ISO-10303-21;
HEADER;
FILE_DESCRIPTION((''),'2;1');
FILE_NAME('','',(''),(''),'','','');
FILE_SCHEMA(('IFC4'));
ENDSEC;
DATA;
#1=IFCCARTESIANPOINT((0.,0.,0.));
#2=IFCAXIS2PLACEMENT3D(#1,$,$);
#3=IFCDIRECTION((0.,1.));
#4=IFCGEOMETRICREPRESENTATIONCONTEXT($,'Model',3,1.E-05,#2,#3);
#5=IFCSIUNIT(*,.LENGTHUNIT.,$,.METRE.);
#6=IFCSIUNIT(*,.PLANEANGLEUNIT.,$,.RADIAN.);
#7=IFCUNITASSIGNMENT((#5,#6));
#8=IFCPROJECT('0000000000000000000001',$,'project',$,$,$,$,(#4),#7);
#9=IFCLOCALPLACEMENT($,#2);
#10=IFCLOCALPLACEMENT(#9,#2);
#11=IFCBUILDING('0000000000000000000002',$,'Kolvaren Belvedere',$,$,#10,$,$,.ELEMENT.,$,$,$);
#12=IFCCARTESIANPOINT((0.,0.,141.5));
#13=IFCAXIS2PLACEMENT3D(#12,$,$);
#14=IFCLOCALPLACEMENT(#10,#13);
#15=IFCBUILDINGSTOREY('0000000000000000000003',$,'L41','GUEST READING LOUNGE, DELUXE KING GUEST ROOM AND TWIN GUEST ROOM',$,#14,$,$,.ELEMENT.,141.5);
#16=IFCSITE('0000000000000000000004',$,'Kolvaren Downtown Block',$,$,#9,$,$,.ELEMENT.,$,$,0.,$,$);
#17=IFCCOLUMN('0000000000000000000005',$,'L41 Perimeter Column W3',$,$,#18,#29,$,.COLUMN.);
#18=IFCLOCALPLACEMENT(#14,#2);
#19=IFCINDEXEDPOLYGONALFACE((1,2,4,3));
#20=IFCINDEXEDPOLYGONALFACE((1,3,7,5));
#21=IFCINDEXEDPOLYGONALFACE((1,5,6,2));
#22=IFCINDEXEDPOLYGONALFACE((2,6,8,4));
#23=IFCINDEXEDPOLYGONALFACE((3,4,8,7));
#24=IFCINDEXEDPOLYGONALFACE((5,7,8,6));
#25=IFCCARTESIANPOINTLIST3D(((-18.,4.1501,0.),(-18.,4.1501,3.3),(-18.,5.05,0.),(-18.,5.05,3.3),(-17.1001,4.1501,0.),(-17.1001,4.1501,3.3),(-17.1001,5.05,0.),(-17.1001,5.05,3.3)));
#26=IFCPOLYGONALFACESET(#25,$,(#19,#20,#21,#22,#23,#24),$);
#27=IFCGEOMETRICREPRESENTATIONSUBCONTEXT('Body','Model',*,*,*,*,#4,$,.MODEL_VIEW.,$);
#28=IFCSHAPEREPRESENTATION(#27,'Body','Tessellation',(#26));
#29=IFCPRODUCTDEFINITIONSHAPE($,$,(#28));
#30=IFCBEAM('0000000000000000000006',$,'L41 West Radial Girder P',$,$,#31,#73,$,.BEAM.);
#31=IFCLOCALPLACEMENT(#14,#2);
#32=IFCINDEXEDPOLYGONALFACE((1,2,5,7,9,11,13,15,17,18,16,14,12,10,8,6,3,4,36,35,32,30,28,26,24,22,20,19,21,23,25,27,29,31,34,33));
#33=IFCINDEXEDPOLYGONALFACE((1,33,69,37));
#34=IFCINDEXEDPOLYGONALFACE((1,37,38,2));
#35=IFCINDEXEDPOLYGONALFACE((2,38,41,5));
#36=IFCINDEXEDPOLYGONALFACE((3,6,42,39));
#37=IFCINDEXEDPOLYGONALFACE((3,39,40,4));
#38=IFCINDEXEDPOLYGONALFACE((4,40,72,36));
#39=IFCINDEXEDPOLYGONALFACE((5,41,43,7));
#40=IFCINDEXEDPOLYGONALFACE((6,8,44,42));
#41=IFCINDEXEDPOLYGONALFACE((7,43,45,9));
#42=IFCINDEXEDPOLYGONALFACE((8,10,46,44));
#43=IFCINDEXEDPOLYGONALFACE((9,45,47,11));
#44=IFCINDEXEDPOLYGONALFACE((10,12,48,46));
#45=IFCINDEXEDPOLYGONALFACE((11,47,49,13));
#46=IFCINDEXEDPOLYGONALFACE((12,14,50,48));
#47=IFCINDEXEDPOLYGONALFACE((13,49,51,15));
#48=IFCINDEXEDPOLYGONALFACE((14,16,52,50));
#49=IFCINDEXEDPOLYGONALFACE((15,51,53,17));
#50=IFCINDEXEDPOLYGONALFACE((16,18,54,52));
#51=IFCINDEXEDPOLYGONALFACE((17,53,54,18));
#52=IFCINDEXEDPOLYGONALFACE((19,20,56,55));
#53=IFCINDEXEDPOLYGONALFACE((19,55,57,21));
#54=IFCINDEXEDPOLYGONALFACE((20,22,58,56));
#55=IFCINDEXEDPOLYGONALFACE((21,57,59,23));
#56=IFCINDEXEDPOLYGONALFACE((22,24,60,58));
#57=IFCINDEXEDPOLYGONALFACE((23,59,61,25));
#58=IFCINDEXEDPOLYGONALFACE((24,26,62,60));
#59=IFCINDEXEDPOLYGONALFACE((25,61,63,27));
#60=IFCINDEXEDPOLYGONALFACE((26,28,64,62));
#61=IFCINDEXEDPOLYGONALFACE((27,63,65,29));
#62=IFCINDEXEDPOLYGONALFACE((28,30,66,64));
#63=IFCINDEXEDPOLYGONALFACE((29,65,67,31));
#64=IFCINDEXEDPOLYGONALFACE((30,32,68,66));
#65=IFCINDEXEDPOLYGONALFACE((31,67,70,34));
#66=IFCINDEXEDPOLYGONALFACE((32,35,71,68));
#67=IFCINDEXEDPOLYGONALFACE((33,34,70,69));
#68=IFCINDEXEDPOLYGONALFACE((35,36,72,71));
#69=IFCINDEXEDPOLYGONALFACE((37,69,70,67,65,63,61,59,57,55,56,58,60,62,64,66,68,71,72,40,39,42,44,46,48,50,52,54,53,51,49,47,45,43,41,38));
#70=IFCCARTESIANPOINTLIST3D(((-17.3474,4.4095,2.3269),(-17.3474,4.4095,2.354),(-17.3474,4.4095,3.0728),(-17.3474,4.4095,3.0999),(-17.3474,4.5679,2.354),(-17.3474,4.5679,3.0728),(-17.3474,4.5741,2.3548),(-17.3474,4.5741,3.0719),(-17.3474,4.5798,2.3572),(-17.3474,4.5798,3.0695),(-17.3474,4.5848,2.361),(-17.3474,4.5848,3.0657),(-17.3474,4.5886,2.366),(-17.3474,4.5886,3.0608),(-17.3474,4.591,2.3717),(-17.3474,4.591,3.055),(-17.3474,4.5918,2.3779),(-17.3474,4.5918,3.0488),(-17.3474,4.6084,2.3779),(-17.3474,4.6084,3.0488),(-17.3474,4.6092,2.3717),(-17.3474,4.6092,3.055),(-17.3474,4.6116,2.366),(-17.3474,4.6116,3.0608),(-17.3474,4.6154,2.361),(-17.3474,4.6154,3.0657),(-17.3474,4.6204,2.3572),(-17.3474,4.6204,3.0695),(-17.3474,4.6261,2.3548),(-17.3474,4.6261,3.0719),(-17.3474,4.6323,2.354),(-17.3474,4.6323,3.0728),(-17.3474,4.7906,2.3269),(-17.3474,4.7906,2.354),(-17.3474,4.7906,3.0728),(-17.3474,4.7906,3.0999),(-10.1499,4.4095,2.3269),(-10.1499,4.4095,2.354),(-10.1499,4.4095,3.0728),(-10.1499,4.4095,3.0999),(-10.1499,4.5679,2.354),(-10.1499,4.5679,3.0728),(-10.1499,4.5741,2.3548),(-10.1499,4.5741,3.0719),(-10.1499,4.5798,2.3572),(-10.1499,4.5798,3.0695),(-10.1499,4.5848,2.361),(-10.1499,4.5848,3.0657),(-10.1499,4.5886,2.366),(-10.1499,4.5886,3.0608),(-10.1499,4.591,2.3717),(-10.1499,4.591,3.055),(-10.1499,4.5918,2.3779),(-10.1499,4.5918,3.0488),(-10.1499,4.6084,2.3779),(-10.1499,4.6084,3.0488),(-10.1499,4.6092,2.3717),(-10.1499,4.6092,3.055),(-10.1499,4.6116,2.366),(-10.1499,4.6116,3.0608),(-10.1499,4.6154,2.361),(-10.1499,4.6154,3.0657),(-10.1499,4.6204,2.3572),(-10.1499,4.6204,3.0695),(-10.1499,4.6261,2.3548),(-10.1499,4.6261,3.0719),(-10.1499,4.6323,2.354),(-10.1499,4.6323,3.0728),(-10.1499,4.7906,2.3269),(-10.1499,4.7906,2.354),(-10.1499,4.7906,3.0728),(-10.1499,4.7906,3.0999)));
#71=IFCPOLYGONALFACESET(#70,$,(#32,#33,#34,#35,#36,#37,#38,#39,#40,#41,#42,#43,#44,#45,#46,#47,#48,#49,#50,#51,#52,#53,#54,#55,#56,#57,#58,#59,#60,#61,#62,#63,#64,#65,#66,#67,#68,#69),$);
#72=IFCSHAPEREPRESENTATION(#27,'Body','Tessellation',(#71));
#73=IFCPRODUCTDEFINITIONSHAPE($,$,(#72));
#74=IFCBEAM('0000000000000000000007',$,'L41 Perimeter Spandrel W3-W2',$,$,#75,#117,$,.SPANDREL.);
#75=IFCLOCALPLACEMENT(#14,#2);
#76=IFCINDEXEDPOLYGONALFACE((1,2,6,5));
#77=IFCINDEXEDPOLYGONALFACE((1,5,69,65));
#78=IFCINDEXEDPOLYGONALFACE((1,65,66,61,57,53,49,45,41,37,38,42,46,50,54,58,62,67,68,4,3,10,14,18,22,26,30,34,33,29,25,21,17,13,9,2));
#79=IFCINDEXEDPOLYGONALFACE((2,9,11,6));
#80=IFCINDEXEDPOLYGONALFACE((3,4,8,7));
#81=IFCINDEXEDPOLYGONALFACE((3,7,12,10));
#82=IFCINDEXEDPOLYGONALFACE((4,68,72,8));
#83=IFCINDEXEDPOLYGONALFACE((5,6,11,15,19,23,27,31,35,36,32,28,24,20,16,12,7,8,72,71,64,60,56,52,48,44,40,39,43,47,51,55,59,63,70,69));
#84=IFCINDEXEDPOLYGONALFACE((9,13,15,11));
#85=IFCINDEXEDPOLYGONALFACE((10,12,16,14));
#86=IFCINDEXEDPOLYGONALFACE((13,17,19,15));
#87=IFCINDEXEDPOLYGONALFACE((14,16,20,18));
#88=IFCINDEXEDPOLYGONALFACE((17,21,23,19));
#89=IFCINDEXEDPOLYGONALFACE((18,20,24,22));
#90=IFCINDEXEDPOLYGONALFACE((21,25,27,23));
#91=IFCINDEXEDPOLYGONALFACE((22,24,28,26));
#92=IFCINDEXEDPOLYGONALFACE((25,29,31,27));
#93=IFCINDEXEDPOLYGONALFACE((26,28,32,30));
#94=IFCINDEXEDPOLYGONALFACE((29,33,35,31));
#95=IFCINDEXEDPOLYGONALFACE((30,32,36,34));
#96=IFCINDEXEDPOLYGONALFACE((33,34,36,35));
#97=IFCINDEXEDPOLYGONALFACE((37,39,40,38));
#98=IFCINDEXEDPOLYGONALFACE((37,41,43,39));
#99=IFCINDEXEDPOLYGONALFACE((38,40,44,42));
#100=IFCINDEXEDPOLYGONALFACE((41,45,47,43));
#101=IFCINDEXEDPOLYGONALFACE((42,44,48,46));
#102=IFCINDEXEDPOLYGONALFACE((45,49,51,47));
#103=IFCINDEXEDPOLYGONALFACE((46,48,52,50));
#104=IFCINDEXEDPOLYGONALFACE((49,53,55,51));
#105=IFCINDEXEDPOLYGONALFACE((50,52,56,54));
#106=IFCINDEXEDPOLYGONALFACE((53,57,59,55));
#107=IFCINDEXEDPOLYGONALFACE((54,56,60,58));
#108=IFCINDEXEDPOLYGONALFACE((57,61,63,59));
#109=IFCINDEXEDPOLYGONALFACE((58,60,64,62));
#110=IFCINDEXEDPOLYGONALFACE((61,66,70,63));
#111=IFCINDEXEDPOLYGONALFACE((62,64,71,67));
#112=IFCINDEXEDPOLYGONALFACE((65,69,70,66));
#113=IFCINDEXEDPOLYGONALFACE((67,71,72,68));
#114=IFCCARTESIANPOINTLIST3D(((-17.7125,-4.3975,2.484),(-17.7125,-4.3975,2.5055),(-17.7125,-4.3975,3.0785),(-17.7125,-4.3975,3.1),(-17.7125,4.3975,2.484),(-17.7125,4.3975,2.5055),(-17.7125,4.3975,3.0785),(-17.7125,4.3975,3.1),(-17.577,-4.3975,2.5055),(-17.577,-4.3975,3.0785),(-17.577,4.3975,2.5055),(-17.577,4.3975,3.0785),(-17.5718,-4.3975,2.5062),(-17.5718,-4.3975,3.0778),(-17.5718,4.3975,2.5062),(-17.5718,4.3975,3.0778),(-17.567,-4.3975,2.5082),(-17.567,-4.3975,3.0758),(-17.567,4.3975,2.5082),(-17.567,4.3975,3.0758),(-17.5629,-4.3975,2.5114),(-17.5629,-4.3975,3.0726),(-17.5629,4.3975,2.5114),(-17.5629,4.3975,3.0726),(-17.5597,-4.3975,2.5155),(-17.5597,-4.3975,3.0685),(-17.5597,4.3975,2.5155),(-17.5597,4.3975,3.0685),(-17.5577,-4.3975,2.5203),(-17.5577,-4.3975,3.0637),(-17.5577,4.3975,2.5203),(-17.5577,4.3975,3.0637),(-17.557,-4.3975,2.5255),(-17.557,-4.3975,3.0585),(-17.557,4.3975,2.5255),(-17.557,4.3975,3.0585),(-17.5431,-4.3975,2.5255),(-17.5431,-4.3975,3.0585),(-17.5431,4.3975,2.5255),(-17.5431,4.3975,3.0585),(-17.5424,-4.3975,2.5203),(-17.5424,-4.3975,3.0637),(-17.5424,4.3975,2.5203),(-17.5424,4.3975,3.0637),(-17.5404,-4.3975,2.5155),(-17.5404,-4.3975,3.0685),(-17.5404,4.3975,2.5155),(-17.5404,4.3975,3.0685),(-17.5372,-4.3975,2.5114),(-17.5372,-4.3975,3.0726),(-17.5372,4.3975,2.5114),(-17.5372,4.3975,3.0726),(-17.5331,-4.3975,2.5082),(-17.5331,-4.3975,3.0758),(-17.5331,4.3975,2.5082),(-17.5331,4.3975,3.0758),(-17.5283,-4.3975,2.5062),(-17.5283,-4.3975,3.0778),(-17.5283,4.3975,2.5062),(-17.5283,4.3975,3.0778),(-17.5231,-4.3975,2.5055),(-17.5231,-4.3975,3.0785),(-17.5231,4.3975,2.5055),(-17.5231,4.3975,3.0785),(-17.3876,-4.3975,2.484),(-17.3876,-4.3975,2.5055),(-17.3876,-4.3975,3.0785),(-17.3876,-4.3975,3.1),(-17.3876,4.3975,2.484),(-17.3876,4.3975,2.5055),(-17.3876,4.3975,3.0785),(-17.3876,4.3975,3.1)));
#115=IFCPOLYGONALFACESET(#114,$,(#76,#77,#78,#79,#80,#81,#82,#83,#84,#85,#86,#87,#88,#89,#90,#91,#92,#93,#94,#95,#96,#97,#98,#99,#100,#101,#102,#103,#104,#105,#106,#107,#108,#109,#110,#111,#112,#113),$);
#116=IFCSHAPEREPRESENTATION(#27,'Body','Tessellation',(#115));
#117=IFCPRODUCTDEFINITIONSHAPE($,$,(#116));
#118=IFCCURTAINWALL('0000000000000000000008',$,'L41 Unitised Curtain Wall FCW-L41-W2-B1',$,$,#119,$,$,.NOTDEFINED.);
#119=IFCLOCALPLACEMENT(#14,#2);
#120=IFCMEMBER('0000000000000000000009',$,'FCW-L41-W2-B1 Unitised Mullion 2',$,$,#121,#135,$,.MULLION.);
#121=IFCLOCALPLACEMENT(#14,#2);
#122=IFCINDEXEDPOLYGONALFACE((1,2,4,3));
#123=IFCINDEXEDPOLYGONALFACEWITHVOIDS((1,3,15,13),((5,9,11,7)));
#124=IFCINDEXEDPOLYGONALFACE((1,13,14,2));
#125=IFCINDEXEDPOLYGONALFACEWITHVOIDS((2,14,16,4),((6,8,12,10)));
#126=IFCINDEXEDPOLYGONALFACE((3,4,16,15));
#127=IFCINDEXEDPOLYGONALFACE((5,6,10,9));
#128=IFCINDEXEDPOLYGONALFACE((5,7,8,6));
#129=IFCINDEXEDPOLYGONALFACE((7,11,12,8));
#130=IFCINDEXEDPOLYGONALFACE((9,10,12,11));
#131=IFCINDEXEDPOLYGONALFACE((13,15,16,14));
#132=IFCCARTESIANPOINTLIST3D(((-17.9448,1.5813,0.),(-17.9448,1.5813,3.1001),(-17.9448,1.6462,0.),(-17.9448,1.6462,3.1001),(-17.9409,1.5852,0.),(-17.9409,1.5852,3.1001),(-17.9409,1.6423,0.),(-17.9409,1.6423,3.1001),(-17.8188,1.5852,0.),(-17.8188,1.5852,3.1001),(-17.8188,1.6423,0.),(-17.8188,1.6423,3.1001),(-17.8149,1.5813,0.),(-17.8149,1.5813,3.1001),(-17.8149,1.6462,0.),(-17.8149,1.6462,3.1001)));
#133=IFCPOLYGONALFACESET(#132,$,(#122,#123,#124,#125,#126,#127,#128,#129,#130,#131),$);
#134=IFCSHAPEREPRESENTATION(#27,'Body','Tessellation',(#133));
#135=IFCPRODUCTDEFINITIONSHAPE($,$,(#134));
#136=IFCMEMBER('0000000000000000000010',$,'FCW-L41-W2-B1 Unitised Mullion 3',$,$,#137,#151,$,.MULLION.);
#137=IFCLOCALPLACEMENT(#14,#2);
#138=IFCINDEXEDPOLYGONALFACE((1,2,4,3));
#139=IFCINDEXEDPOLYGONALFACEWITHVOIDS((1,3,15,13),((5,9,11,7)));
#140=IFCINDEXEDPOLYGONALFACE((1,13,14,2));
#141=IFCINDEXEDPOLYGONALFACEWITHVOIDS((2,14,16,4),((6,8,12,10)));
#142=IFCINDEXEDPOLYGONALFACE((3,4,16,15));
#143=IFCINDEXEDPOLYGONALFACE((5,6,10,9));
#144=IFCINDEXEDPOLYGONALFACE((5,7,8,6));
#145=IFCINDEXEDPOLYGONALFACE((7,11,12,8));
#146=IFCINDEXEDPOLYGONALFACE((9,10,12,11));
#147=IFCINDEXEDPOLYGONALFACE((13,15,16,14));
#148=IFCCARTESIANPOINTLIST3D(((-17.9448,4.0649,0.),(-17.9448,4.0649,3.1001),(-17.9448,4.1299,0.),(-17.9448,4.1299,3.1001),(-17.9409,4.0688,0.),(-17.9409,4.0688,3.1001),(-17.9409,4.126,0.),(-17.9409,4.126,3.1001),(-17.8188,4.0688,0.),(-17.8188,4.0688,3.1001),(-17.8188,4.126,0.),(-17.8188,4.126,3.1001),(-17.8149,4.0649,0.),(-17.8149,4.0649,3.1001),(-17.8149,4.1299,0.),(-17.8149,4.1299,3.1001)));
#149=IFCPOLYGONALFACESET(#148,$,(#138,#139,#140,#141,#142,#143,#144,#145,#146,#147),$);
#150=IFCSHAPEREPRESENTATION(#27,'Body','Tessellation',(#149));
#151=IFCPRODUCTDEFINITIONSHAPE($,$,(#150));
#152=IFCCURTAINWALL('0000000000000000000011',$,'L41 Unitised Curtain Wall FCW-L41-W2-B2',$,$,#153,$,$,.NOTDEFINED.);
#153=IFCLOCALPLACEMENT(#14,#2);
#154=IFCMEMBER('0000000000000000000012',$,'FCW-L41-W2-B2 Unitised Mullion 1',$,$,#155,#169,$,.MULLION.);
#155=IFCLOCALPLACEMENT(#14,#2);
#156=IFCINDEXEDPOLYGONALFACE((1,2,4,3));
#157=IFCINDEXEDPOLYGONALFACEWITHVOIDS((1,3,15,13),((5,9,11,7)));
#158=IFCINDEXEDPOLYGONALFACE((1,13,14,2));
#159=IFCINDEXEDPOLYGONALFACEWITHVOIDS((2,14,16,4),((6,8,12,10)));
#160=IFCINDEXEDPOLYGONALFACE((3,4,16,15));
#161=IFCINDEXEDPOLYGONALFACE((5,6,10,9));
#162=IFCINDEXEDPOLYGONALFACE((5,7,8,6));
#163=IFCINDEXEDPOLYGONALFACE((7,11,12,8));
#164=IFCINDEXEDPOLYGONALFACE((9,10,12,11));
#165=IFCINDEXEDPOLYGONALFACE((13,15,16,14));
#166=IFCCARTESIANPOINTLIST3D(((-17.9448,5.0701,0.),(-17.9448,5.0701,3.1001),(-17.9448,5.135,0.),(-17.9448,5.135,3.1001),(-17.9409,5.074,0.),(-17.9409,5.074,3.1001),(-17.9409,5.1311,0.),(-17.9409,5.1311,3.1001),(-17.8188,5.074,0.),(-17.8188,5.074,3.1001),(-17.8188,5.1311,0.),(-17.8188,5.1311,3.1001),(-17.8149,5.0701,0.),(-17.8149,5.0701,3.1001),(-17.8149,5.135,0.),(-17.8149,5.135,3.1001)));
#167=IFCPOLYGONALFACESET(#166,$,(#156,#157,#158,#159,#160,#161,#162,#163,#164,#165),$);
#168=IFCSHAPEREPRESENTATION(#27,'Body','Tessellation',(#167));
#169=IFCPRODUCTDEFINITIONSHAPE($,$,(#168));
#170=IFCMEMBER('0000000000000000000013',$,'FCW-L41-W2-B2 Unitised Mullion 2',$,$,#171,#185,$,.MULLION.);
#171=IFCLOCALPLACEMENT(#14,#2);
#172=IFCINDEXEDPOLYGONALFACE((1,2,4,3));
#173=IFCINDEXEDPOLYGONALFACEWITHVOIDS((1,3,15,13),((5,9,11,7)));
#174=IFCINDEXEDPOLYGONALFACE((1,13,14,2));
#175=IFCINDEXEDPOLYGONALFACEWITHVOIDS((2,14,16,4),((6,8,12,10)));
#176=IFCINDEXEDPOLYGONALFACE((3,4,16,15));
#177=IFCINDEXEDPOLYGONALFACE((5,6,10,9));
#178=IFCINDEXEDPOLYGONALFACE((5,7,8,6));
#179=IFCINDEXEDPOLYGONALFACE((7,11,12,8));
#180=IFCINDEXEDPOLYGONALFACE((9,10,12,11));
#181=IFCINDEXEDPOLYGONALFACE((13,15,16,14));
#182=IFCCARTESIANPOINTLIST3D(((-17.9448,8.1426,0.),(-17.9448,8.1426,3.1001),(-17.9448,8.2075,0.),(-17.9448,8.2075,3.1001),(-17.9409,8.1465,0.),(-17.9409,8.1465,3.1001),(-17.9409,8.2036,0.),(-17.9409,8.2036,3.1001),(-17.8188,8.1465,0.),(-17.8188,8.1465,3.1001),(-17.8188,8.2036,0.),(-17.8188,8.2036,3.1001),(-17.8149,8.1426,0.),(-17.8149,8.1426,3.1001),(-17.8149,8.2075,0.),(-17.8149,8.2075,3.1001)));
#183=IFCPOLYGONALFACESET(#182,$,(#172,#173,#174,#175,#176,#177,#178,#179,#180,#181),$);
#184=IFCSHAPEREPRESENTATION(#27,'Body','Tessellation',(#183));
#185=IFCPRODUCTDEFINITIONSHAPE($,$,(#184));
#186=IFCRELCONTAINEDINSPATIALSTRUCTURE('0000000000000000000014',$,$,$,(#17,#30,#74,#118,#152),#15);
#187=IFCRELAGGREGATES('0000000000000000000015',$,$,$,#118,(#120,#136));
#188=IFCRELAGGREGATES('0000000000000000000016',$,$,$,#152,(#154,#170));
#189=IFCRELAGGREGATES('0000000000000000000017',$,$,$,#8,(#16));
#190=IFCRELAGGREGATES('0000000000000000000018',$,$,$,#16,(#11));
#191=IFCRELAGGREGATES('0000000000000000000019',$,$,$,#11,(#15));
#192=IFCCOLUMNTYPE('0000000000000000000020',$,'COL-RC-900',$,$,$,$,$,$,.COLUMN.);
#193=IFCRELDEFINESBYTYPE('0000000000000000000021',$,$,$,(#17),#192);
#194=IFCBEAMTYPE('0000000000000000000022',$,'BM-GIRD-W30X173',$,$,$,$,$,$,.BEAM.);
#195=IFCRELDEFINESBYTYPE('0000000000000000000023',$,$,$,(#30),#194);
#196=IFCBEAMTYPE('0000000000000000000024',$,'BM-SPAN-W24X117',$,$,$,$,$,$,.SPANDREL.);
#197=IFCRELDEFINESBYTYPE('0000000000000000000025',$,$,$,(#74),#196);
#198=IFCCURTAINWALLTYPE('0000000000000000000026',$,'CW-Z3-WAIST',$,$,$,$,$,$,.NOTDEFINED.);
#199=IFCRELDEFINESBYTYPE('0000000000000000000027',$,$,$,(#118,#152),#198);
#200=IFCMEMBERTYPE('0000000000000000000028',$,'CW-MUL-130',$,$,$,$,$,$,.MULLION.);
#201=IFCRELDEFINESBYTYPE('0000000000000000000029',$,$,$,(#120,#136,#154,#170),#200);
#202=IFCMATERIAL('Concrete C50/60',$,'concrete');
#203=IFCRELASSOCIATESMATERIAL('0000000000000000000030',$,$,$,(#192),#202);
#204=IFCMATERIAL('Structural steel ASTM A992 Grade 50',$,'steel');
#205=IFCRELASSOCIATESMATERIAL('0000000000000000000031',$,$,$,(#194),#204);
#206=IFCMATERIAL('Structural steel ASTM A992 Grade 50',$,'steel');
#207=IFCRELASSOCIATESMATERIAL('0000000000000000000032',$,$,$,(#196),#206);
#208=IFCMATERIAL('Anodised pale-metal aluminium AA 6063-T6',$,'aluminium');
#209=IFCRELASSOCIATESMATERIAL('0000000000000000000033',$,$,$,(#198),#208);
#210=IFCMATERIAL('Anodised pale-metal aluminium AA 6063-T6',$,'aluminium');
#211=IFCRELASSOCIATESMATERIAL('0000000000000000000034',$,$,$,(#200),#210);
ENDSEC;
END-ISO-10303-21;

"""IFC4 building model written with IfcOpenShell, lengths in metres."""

from ifc_helpers import new_model, si_unit, direction, frame, origin, origin_2d, place, context, subcontext, project, spatial, rectangle, hollow_rectangle, i_section, extrude, material, material_profile, profile_set, type_object, element, aggregate, save


model = new_model("IFC4")

# Units and contexts
model_context = context("Model", 3, precision=1e-05, world=origin(), true_north=direction((0.0, 1.0)))
body_context = subcontext(model_context, "Body", "Model", "MODEL_VIEW")
ifc_project = project(units=[si_unit("LENGTHUNIT", "METRE"), si_unit("PLANEANGLEUNIT", "RADIAN")], contexts=[model_context])

# Site, building, storey
site_placement = place(None, origin())
site = spatial("IfcSite", under=ifc_project, at=site_placement, Name="Kolvaren Downtown Block", CompositionType="ELEMENT", RefElevation=0.0)
building_placement = place(site_placement, origin())
building = spatial("IfcBuilding", under=site, at=building_placement, Name="Kolvaren Belvedere", CompositionType="ELEMENT")
storey_placement = place(building_placement, frame((0.0, 0.0, 141.5)))
storey = spatial("IfcBuildingStorey", under=building, at=storey_placement, Name="L41", Description="GUEST READING LOUNGE, DELUXE KING GUEST ROOM AND TWIN GUEST ROOM", CompositionType="ELEMENT", Elevation=141.5)

# Column
ifc_material_1 = material(Name="Concrete C50/60", Category="concrete")
ifc_material_profile_1 = material_profile(ifc_material_1, rectangle(XDim=0.8999, YDim=0.8999, at=origin_2d()), Name="RC 900X900")
ifc_profile_set_1 = profile_set([ifc_material_profile_1], Name="Concrete C50/60")
column_type = type_object("IfcColumnType", Name="COL-RC-900", PredefinedType="COLUMN", material=ifc_profile_set_1)
column_placement = place(storey_placement, frame((-17.55, 4.6001, 0.0), z_axis=(0.0, 0.0, 1.0), x_axis=(1.0, 0.0, 0.0)))
element("IfcColumn", 1, at=column_placement, inside=storey, type_object=column_type, Name="L41 Perimeter Column W3", PredefinedType="COLUMN", context=body_context, shape_type="SweptSolid", body=[
    extrude(rectangle(XDim=0.8999, YDim=0.8999, at=origin_2d()), origin(), (0.0, 0.0, 1.0), 3.3),
])

# Beams
ifc_material_2 = material(Name="Structural steel ASTM A992 Grade 50", Category="steel")
ifc_material_profile_2 = material_profile(ifc_material_2, i_section(OverallWidth=0.3811, OverallDepth=0.7729, WebThickness=0.0166, FlangeThickness=0.0271, FilletRadius=0.0239, at=origin_2d()), Name="W30X173")
ifc_profile_set_2 = profile_set([ifc_material_profile_2], Name="Structural steel ASTM A992 Grade 50")
beam_type_1 = type_object("IfcBeamType", Name="BM-GIRD-W30X173", PredefinedType="BEAM", material=ifc_profile_set_2)
beam_1_placement = place(storey_placement, frame((-10.1499, 4.6001, 2.7134), z_axis=(-1.0, 0.0, 0.0), x_axis=(0.0, -1.0, 0.0)))
element("IfcBeam", 2, at=beam_1_placement, inside=storey, type_object=beam_type_1, Name="L41 West Radial Girder P", PredefinedType="BEAM", context=body_context, shape_type="SweptSolid", body=[
    extrude(i_section(OverallWidth=0.3811, OverallDepth=0.7729, WebThickness=0.0166, FlangeThickness=0.0271, FilletRadius=0.0239, at=origin_2d()), origin(), (0.0, 0.0, 1.0), 7.1975),
])
ifc_material_3 = material(Name="Structural steel ASTM A992 Grade 50", Category="steel")
ifc_material_profile_3 = material_profile(ifc_material_3, i_section(OverallWidth=0.325, OverallDepth=0.616, WebThickness=0.0139, FlangeThickness=0.0215, FilletRadius=0.02, at=origin_2d()), Name="W24X117")
ifc_profile_set_3 = profile_set([ifc_material_profile_3], Name="Structural steel ASTM A992 Grade 50")
beam_type_2 = type_object("IfcBeamType", Name="BM-SPAN-W24X117", PredefinedType="SPANDREL", material=ifc_profile_set_3)
beam_2_placement = place(storey_placement, frame((-17.55, 4.3975, 2.792), z_axis=(0.0, -1.0, 0.0), x_axis=(1.0, 0.0, 0.0)))
element("IfcBeam", 3, at=beam_2_placement, inside=storey, type_object=beam_type_2, Name="L41 Perimeter Spandrel W3-W2", PredefinedType="SPANDREL", context=body_context, shape_type="SweptSolid", body=[
    extrude(i_section(OverallWidth=0.325, OverallDepth=0.616, WebThickness=0.0139, FlangeThickness=0.0215, FilletRadius=0.02, at=origin_2d()), origin(), (0.0, 0.0, 1.0), 8.7949),
])

# Curtain walls, members
ifc_material_4 = material(Name="Anodised pale-metal aluminium AA 6063-T6", Category="aluminium")
curtain_wall_type = type_object("IfcCurtainWallType", Name="CW-Z3-WAIST", PredefinedType="NOTDEFINED", material=ifc_material_4)
curtain_wall_1_placement = place(storey_placement, origin())
curtain_wall_1 = element("IfcCurtainWall", 4, at=curtain_wall_1_placement, inside=storey, type_object=curtain_wall_type, Name="L41 Unitised Curtain Wall FCW-L41-W2-B1", PredefinedType="NOTDEFINED")
ifc_material_5 = material(Name="Anodised pale-metal aluminium AA 6063-T6", Category="aluminium")
ifc_material_profile_4 = material_profile(ifc_material_5, hollow_rectangle(XDim=0.0649, YDim=0.1299, WallThickness=0.0039, at=origin_2d()), Name="ALU-MUL-130X65")
ifc_profile_set_4 = profile_set([ifc_material_profile_4], Name="Anodised pale-metal aluminium AA 6063-T6")
member_type_1 = type_object("IfcMemberType", Name="CW-MUL-130", PredefinedType="MULLION", material=ifc_profile_set_4)
member_1_placement = place(storey_placement, frame((-17.8799, 1.6138, 0.0), z_axis=(0.0, 0.0, 1.0), x_axis=(0.0, 1.0, 0.0)))
member_1 = element("IfcMember", 5, at=member_1_placement, type_object=member_type_1, Name="FCW-L41-W2-B1 Unitised Mullion 2", PredefinedType="MULLION", context=body_context, shape_type="SweptSolid", body=[
    extrude(hollow_rectangle(XDim=0.0649, YDim=0.1299, WallThickness=0.0039, at=origin_2d()), origin(), (0.0, 0.0, 1.0), 3.1001),
])
member_2_placement = place(storey_placement, frame((-17.8799, 4.0974, 0.0), z_axis=(0.0, 0.0, 1.0), x_axis=(0.0, 1.0, 0.0)))
member_2 = element("IfcMember", 6, at=member_2_placement, type_object=member_type_1, Name="FCW-L41-W2-B1 Unitised Mullion 3", PredefinedType="MULLION", context=body_context, shape_type="SweptSolid", body=[
    extrude(hollow_rectangle(XDim=0.0649, YDim=0.1299, WallThickness=0.0039, at=origin_2d()), origin(), (0.0, 0.0, 1.0), 3.1001),
])
curtain_wall_2_placement = place(storey_placement, origin())
curtain_wall_2 = element("IfcCurtainWall", 7, at=curtain_wall_2_placement, inside=storey, type_object=curtain_wall_type, Name="L41 Unitised Curtain Wall FCW-L41-W2-B2", PredefinedType="NOTDEFINED")
member_3_placement = place(storey_placement, frame((-17.8799, 5.1025, 0.0), z_axis=(0.0, 0.0, 1.0), x_axis=(0.0, 1.0, 0.0)))
member_3 = element("IfcMember", 8, at=member_3_placement, type_object=member_type_1, Name="FCW-L41-W2-B2 Unitised Mullion 1", PredefinedType="MULLION", context=body_context, shape_type="SweptSolid", body=[
    extrude(hollow_rectangle(XDim=0.0649, YDim=0.1299, WallThickness=0.0039, at=origin_2d()), origin(), (0.0, 0.0, 1.0), 3.1001),
])
member_4_placement = place(storey_placement, frame((-17.8799, 8.175, 0.0), z_axis=(0.0, 0.0, 1.0), x_axis=(0.0, 1.0, 0.0)))
member_4 = element("IfcMember", 9, at=member_4_placement, type_object=member_type_1, Name="FCW-L41-W2-B2 Unitised Mullion 2", PredefinedType="MULLION", context=body_context, shape_type="SweptSolid", body=[
    extrude(hollow_rectangle(XDim=0.0649, YDim=0.1299, WallThickness=0.0039, at=origin_2d()), origin(), (0.0, 0.0, 1.0), 3.1001),
])

aggregate(curtain_wall_1, [member_1, member_2])
aggregate(curtain_wall_2, [member_3, member_4])

save(model, "model.ifc")
